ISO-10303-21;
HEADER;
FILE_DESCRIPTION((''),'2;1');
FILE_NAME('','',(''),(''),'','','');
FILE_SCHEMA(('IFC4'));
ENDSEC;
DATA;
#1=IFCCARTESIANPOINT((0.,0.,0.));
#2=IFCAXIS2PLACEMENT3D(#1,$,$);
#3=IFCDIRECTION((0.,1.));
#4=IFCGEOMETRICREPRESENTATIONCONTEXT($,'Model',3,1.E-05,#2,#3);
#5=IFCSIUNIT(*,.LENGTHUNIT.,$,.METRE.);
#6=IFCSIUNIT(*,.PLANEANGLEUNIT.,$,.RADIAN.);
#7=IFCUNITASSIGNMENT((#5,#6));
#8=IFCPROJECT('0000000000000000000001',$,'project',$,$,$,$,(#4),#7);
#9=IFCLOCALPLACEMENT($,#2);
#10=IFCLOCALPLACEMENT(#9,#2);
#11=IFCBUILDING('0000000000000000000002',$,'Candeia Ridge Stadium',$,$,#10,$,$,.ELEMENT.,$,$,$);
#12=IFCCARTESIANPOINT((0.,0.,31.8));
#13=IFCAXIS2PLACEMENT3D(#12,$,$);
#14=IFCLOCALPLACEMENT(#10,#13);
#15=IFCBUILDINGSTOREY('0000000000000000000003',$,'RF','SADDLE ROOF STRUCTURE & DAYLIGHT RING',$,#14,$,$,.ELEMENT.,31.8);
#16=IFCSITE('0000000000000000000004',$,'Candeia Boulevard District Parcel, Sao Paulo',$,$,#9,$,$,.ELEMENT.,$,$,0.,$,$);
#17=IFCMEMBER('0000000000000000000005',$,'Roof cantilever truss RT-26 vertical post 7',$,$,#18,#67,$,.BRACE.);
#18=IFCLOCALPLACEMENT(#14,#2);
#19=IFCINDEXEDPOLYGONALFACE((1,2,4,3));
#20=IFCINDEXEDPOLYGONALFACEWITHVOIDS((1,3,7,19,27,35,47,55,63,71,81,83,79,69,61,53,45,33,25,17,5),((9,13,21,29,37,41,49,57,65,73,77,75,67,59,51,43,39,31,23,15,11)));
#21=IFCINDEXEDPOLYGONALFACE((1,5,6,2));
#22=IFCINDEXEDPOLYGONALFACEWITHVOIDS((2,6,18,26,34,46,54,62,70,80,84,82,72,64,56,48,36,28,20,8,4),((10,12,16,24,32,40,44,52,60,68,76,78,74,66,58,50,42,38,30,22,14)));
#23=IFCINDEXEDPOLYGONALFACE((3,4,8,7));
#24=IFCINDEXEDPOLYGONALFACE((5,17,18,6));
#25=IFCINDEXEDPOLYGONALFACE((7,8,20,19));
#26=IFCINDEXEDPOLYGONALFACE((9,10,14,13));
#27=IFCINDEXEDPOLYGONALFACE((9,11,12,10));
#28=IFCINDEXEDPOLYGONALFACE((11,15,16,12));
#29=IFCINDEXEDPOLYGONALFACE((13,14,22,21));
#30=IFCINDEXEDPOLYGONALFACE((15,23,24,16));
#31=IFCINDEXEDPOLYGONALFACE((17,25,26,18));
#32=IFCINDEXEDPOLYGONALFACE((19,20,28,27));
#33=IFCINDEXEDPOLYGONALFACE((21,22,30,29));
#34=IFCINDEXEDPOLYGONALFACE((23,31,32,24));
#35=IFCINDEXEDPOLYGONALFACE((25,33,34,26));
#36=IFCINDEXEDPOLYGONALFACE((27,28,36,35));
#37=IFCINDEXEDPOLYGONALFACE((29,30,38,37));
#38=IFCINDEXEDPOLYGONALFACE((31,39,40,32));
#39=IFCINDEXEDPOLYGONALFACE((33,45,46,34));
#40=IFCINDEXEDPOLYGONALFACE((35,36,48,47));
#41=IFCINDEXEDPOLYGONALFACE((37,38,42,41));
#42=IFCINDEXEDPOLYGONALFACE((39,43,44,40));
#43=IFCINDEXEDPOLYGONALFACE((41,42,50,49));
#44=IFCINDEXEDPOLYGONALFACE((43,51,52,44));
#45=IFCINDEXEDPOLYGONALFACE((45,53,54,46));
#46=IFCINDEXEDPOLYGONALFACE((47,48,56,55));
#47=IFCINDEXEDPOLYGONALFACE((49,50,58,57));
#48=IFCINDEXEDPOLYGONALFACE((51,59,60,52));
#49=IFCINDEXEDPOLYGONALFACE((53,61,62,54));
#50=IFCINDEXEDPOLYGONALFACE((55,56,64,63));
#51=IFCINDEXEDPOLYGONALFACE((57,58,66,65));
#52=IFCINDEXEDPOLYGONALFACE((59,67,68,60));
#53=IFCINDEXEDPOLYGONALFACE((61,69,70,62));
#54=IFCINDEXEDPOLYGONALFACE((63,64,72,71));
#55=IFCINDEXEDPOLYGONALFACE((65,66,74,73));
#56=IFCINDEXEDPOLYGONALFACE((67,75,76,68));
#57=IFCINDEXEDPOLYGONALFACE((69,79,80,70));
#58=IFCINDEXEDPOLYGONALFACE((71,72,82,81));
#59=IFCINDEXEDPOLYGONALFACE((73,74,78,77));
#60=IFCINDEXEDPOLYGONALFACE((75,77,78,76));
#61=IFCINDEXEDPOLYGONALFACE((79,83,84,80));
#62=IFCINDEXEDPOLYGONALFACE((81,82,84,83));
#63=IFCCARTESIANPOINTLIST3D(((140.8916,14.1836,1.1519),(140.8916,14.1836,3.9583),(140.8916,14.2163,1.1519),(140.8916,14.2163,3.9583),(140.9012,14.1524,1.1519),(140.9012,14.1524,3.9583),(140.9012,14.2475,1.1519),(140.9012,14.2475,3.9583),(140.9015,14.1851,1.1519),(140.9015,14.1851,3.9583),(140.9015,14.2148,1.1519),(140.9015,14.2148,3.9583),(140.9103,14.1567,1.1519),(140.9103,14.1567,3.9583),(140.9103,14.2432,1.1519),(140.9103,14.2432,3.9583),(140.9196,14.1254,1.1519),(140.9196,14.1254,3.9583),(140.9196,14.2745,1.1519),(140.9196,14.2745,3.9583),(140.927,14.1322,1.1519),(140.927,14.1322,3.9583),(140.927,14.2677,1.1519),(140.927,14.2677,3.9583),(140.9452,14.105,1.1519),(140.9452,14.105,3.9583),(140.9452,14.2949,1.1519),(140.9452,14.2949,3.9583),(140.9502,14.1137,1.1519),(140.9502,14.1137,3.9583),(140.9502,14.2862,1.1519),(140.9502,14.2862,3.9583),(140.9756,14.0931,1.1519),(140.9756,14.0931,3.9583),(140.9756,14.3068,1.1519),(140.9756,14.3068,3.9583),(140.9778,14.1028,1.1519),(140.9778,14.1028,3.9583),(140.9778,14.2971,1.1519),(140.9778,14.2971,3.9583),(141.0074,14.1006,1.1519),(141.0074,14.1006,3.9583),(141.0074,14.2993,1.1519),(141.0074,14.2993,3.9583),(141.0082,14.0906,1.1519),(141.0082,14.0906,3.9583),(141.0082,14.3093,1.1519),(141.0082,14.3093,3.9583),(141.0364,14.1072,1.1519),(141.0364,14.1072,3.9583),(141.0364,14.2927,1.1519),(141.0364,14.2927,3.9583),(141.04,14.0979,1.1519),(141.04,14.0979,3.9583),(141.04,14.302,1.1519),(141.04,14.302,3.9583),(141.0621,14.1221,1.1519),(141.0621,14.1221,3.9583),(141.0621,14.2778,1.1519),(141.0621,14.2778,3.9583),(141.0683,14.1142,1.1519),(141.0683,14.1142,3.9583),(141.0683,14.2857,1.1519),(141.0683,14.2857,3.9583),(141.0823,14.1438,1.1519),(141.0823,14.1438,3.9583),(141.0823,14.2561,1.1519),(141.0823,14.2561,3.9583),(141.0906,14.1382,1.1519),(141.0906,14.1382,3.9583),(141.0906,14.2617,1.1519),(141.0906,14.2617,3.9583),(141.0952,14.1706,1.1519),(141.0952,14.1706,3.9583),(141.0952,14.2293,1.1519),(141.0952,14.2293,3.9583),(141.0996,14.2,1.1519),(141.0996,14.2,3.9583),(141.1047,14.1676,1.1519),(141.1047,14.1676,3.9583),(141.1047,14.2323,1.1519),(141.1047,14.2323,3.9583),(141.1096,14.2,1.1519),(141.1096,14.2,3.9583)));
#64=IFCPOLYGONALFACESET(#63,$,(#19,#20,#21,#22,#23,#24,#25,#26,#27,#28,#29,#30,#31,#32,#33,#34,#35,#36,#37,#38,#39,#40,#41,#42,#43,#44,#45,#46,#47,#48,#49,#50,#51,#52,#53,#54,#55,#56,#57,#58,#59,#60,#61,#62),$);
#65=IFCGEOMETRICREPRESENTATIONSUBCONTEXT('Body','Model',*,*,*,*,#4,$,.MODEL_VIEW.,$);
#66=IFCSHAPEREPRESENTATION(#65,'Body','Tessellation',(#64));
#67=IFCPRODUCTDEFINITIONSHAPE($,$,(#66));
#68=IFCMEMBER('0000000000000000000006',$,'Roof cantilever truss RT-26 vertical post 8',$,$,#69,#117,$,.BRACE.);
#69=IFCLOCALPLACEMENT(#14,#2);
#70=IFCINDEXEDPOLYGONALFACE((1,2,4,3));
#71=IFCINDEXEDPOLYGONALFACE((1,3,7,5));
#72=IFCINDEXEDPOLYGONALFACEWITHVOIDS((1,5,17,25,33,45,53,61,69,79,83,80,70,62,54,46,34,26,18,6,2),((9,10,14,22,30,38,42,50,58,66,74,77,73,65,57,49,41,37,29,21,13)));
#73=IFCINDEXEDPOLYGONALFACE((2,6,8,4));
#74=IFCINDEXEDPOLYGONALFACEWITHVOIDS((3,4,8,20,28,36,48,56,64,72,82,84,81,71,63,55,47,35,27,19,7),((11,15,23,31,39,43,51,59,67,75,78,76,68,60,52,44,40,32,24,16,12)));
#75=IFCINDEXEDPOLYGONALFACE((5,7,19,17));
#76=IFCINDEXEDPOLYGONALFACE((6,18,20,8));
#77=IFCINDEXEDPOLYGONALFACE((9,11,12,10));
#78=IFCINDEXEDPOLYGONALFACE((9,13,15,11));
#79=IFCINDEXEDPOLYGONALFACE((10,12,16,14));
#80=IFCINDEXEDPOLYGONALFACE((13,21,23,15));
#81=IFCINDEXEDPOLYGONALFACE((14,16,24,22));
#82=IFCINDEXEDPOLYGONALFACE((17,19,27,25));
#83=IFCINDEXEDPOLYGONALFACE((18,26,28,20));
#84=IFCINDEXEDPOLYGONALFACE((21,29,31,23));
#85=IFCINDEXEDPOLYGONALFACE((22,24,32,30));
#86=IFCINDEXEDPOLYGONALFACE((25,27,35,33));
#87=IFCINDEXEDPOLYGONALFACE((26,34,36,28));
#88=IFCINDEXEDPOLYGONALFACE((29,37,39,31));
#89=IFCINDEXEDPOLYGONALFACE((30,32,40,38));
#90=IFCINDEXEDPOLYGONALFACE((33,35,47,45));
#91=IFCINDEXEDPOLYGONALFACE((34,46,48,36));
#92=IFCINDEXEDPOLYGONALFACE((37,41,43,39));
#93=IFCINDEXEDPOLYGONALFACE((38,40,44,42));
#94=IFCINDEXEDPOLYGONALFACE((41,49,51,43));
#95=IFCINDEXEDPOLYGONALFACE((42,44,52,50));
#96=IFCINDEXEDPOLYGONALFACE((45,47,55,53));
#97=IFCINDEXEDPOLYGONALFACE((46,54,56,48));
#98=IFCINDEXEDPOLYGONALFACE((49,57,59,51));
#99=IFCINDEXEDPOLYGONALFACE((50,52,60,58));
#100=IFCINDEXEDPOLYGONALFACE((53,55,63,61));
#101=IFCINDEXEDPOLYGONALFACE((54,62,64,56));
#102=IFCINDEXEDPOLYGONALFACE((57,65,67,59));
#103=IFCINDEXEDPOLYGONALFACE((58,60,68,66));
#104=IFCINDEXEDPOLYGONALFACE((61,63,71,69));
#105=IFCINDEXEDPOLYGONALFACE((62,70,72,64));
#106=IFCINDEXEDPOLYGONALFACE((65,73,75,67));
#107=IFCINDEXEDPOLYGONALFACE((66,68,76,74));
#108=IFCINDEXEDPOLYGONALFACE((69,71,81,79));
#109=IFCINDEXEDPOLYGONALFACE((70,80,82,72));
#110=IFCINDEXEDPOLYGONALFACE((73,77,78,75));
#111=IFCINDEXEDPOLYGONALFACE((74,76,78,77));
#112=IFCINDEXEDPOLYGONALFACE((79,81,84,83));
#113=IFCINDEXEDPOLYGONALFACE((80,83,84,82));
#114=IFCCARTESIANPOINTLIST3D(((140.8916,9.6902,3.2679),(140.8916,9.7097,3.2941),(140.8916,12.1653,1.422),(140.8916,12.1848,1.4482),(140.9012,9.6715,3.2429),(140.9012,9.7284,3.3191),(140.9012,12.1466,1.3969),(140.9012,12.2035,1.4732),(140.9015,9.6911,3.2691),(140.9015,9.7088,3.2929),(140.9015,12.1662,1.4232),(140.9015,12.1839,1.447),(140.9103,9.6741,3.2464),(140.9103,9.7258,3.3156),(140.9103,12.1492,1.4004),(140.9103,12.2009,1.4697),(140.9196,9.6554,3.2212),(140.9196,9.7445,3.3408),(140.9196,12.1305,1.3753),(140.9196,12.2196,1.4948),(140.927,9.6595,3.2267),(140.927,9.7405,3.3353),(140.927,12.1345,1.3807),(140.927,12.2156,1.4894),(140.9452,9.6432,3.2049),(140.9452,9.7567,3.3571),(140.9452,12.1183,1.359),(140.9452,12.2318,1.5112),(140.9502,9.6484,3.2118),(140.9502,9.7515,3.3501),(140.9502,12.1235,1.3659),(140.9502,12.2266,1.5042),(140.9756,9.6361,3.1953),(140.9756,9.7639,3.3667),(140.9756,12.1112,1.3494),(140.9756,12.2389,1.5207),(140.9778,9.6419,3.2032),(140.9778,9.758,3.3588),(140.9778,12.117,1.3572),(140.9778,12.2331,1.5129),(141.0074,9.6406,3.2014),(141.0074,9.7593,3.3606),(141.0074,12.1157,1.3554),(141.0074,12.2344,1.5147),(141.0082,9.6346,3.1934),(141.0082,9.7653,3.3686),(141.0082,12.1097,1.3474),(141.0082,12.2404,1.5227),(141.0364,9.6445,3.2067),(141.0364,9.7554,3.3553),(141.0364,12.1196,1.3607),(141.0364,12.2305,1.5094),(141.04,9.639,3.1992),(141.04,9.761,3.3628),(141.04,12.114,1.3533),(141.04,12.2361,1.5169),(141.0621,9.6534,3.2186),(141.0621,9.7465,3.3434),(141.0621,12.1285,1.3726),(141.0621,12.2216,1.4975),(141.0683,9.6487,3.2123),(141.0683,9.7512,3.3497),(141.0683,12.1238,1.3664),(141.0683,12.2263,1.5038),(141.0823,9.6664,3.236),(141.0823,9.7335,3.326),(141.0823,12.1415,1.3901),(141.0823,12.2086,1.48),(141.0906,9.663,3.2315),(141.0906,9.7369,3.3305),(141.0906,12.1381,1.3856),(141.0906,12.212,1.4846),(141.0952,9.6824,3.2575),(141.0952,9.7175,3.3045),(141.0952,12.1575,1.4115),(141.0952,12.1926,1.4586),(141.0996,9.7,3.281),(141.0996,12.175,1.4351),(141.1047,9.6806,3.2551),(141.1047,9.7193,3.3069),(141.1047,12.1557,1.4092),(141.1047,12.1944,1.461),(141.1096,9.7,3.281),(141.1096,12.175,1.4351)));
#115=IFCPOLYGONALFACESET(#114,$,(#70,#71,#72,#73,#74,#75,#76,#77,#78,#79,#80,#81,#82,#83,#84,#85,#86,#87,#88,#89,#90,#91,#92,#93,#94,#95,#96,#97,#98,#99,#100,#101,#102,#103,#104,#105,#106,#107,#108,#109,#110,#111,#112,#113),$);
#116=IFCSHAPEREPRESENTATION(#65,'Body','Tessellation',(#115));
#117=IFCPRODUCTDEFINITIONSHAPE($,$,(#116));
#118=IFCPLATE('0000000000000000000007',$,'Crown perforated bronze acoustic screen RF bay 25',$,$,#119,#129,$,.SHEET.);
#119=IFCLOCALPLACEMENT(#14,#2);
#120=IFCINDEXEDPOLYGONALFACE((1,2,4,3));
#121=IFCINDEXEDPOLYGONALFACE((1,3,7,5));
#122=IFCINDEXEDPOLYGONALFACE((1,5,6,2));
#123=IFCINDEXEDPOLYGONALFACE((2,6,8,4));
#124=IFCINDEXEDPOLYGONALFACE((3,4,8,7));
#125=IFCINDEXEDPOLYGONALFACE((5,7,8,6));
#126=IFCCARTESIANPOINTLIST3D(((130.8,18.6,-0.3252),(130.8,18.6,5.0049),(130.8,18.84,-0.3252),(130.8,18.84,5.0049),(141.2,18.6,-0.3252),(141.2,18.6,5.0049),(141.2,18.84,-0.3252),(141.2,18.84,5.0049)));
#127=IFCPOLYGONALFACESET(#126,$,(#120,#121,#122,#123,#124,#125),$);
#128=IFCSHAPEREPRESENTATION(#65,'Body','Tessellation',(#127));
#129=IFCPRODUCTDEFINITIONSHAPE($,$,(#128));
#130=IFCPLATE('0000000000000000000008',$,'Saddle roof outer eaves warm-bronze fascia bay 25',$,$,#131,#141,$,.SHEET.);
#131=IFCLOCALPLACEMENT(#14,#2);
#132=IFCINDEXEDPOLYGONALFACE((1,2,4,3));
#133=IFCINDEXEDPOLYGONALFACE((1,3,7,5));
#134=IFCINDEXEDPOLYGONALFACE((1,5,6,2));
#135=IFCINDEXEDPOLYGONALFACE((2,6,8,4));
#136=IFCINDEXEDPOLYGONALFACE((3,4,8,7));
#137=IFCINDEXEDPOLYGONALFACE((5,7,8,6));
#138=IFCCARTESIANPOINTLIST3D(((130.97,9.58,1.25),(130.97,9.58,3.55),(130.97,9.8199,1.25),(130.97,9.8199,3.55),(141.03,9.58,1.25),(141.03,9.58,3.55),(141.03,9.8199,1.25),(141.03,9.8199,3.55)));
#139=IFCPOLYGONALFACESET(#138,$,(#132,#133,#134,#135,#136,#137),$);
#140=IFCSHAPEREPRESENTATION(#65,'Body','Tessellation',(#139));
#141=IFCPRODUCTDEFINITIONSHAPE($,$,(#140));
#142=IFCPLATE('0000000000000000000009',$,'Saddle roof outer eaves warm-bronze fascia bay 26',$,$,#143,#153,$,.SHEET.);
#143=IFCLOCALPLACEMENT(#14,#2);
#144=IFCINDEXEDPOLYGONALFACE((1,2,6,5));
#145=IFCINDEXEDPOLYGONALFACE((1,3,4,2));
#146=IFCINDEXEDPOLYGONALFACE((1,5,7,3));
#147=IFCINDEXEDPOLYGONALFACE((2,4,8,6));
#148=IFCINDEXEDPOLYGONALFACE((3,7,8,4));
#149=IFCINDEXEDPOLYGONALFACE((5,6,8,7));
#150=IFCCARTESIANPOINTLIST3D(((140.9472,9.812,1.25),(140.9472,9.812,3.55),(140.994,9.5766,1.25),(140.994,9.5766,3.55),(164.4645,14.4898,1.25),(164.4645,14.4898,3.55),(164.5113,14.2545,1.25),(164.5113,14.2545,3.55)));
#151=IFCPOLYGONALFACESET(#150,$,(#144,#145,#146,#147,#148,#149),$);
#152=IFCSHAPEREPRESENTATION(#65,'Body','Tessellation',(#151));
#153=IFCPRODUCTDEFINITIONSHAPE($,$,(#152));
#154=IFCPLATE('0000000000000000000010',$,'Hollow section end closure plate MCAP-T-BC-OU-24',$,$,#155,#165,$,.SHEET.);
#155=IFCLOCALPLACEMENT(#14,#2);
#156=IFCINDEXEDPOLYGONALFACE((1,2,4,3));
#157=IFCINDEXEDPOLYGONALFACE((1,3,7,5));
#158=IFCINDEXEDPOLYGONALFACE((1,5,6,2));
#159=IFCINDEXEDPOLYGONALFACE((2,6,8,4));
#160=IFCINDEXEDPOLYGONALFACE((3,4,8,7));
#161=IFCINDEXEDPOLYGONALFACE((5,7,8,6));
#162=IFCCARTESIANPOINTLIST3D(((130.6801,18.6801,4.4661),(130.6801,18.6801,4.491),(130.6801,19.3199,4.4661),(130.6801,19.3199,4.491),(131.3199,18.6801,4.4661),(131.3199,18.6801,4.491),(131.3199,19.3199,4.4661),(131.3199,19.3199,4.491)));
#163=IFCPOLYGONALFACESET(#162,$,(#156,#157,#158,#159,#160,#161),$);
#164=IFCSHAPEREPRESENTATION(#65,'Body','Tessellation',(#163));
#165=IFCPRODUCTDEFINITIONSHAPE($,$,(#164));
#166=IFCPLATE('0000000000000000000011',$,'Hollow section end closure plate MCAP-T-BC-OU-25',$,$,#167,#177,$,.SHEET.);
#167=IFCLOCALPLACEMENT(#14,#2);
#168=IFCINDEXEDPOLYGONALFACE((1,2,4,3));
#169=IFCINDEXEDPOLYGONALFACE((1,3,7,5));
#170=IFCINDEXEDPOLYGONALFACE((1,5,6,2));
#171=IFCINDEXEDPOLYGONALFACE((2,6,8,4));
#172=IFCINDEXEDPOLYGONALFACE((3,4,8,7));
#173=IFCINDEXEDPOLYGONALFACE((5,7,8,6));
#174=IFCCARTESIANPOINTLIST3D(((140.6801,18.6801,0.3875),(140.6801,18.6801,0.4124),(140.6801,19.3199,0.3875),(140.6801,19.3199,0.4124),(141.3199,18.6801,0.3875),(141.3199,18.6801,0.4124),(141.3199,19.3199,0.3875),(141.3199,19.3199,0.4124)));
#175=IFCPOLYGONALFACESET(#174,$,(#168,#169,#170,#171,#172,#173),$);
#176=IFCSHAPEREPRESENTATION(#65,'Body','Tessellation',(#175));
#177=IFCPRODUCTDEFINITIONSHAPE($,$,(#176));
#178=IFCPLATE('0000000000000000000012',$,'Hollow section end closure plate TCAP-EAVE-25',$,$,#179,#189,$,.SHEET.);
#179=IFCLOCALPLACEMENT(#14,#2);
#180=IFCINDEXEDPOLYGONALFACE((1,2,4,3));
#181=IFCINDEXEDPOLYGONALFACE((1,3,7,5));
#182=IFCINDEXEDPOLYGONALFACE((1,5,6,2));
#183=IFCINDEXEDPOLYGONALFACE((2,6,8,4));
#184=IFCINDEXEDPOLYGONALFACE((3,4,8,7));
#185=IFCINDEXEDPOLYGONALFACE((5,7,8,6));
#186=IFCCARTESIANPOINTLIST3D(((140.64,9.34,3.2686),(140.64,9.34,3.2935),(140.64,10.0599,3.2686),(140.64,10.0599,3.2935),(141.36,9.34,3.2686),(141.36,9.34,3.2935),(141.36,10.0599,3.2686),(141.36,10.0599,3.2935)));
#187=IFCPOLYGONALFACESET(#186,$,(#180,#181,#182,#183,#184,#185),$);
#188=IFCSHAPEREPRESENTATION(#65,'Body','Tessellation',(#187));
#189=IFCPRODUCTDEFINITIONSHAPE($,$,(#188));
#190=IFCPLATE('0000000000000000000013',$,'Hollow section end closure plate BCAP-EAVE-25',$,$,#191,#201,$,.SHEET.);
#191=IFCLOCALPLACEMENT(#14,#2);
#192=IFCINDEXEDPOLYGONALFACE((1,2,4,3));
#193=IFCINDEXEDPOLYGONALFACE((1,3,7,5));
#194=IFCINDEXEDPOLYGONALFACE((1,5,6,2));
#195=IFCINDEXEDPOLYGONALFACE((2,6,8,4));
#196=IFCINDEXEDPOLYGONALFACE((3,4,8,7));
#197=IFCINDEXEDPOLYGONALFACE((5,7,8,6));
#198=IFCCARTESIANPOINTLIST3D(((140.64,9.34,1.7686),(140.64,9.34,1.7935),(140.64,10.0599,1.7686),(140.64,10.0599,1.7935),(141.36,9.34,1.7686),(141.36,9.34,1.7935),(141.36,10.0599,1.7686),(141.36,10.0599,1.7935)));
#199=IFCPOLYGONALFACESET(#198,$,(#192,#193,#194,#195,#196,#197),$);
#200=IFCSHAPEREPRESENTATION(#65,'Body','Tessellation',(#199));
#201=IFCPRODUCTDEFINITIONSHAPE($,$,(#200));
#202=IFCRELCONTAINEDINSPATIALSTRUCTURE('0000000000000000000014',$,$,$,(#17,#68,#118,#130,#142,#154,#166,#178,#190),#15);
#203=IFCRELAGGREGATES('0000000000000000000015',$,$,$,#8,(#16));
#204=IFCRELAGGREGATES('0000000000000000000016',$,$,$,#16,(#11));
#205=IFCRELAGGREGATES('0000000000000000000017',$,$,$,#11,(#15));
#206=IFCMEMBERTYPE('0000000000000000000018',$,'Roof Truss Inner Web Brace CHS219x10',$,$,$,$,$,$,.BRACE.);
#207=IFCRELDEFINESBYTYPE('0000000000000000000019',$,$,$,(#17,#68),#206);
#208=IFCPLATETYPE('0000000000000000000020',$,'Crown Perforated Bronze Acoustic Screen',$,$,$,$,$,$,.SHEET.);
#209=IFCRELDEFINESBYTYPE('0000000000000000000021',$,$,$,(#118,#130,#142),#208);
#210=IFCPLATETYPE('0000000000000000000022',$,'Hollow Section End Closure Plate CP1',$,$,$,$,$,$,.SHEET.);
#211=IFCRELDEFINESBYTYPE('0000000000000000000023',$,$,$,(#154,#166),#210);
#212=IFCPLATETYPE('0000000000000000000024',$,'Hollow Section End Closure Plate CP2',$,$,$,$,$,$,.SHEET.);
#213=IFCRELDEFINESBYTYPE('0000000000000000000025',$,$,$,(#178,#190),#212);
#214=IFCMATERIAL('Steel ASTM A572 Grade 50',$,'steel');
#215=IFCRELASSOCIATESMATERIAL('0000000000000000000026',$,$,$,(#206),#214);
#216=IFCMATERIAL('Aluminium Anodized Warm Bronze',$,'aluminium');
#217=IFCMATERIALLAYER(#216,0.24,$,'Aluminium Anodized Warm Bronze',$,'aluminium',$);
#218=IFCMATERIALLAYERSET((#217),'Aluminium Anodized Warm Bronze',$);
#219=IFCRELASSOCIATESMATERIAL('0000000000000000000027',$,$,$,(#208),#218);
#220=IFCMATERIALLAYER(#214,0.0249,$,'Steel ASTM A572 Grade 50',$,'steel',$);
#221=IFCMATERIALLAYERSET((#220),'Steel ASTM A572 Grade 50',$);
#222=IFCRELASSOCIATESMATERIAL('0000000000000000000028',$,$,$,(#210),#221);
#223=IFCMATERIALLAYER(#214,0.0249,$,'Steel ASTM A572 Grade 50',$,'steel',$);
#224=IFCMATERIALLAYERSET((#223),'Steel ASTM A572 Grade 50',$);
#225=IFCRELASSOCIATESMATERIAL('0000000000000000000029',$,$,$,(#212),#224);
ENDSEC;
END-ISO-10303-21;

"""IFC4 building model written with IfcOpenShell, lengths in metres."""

from ifc_helpers import new_model, si_unit, direction, frame, origin, origin_2d, place, context, subcontext, project, spatial, rectangle, hollow_circle, extrude, material, layer, layer_set, material_profile, profile_set, type_object, element, save


model = new_model("IFC4")

# Units and contexts
model_context = context("Model", 3, precision=1e-05, world=origin(), true_north=direction((0.0, 1.0)))
body_context = subcontext(model_context, "Body", "Model", "MODEL_VIEW")
ifc_project = project(units=[si_unit("LENGTHUNIT", "METRE"), si_unit("PLANEANGLEUNIT", "RADIAN")], contexts=[model_context])

# Site, building, storey
site_placement = place(None, origin())
site = spatial("IfcSite", under=ifc_project, at=site_placement, Name="Candeia Boulevard District Parcel, Sao Paulo", CompositionType="ELEMENT", RefElevation=0.0)
building_placement = place(site_placement, origin())
building = spatial("IfcBuilding", under=site, at=building_placement, Name="Candeia Ridge Stadium", CompositionType="ELEMENT")
storey_placement = place(building_placement, frame((0.0, 0.0, 31.8)))
storey = spatial("IfcBuildingStorey", under=building, at=storey_placement, Name="RF", Description="SADDLE ROOF STRUCTURE & DAYLIGHT RING", CompositionType="ELEMENT", Elevation=31.8)

# Shared definitions
ifc_material_1 = material(Name="Steel ASTM A572 Grade 50", Category="steel")

# Members
ifc_material_profile_1 = material_profile(ifc_material_1, hollow_circle(Radius=0.1096, WallThickness=0.01, at=origin_2d()), Name="CHS219x10", Category="steel")
ifc_profile_set_1 = profile_set([ifc_material_profile_1], Name="Steel ASTM A572 Grade 50")
member_type_1 = type_object("IfcMemberType", Name="Roof Truss Inner Web Brace CHS219x10", PredefinedType="BRACE", material=ifc_profile_set_1)
member_1_placement = place(storey_placement, frame((141.0, 14.2, 1.1519), z_axis=(0.0, 0.0, 1.0), x_axis=(1.0, 0.0, 0.0)))
element("IfcMember", 1, at=member_1_placement, inside=storey, type_object=member_type_1, Name="Roof cantilever truss RT-26 vertical post 7", PredefinedType="BRACE", context=body_context, shape_type="SweptSolid", body=[
    extrude(hollow_circle(Radius=0.1096, WallThickness=0.01, at=origin_2d()), origin(), (0.0, 0.0, 1.0), 2.8064),
])
member_2_placement = place(storey_placement, frame((141.0, 12.175, 1.4351), z_axis=(0.0, -0.80161, 0.597847), x_axis=(1.0, 0.0, 0.0)))
element("IfcMember", 2, at=member_2_placement, inside=storey, type_object=member_type_1, Name="Roof cantilever truss RT-26 vertical post 8", PredefinedType="BRACE", context=body_context, shape_type="SweptSolid", body=[
    extrude(hollow_circle(Radius=0.1096, WallThickness=0.01, at=origin_2d()), origin(), (0.0, 0.0, 1.0), 3.0876),
])

# Plates
ifc_material_2 = material(Name="Aluminium Anodized Warm Bronze", Category="aluminium")
ifc_layer_1 = layer(ifc_material_2, 0.24, Name="Aluminium Anodized Warm Bronze", Category="aluminium")
ifc_layer_set_1 = layer_set([ifc_layer_1], Name="Aluminium Anodized Warm Bronze")
plate_type_1 = type_object("IfcPlateType", Name="Crown Perforated Bronze Acoustic Screen", PredefinedType="SHEET", material=ifc_layer_set_1)
plate_1_placement = place(storey_placement, frame((136.0, 18.72, -0.3252), z_axis=(0.0, 0.0, 1.0), x_axis=(1.0, 0.0, 0.0)))
element("IfcPlate", 3, at=plate_1_placement, inside=storey, type_object=plate_type_1, Name="Crown perforated bronze acoustic screen RF bay 25", PredefinedType="SHEET", context=body_context, shape_type="SweptSolid", body=[
    extrude(rectangle(XDim=10.3999, YDim=0.24, at=origin_2d()), origin(), (0.0, 0.0, 1.0), 5.3301),
])
plate_2_placement = place(storey_placement, frame((136.0, 9.7, 1.25), z_axis=(0.0, 0.0, 1.0), x_axis=(1.0, 0.0, 0.0)))
element("IfcPlate", 4, at=plate_2_placement, inside=storey, type_object=plate_type_1, Name="Saddle roof outer eaves warm-bronze fascia bay 25", PredefinedType="SHEET", context=body_context, shape_type="SweptSolid", body=[
    extrude(rectangle(XDim=10.0601, YDim=0.24, at=origin_2d()), origin(), (0.0, 0.0, 1.0), 2.3),
])
plate_3_placement = place(storey_placement, frame((152.7292, 12.0332, 1.25), z_axis=(0.0, 0.0, 1.0), x_axis=(0.980785, 0.19509, 0.0)))
element("IfcPlate", 5, at=plate_3_placement, inside=storey, type_object=plate_type_1, Name="Saddle roof outer eaves warm-bronze fascia bay 26", PredefinedType="SHEET", context=body_context, shape_type="SweptSolid", body=[
    extrude(rectangle(XDim=23.978, YDim=0.24, at=origin_2d()), origin(), (0.0, 0.0, 1.0), 2.3),
])
ifc_layer_2 = layer(ifc_material_1, 0.0249, Name="Steel ASTM A572 Grade 50", Category="steel")
ifc_layer_set_2 = layer_set([ifc_layer_2], Name="Steel ASTM A572 Grade 50")
plate_type_2 = type_object("IfcPlateType", Name="Hollow Section End Closure Plate CP1", PredefinedType="SHEET", material=ifc_layer_set_2)
for number, where, z_axis, x_axis, name in (
    (6, (131.0, 19.0, 4.4661), (0.0, 0.0, 1.0), (1.0, 0.0, 0.0), "Hollow section end closure plate MCAP-T-BC-OU-24"),
    (7, (141.0, 19.0, 0.3875), (0.0, 0.0, 1.0), (1.0, 0.0, 0.0), "Hollow section end closure plate MCAP-T-BC-OU-25"),
):
    element("IfcPlate", number, at=place(storey_placement, frame(where, z_axis=z_axis, x_axis=x_axis)), inside=storey, type_object=plate_type_2, Name=name, PredefinedType="SHEET", context=body_context, shape_type="SweptSolid", body=[
        extrude(rectangle(XDim=0.6399, YDim=0.6399, at=origin_2d()), origin(), (0.0, 0.0, 1.0), 0.0249),
    ])
ifc_layer_3 = layer(ifc_material_1, 0.0249, Name="Steel ASTM A572 Grade 50", Category="steel")
ifc_layer_set_3 = layer_set([ifc_layer_3], Name="Steel ASTM A572 Grade 50")
plate_type_3 = type_object("IfcPlateType", Name="Hollow Section End Closure Plate CP2", PredefinedType="SHEET", material=ifc_layer_set_3)
for number, where, z_axis, x_axis, name in (
    (8, (141.0, 9.7, 3.2686), (0.0, 0.0, 1.0), (1.0, 0.0, 0.0), "Hollow section end closure plate TCAP-EAVE-25"),
    (9, (141.0, 9.7, 1.7686), (0.0, 0.0, 1.0), (1.0, 0.0, 0.0), "Hollow section end closure plate BCAP-EAVE-25"),
):
    element("IfcPlate", number, at=place(storey_placement, frame(where, z_axis=z_axis, x_axis=x_axis)), inside=storey, type_object=plate_type_3, Name=name, PredefinedType="SHEET", context=body_context, shape_type="SweptSolid", body=[
        extrude(rectangle(XDim=0.72, YDim=0.72, at=origin_2d()), origin(), (0.0, 0.0, 1.0), 0.0249),
    ])

save(model, "model.ifc")
